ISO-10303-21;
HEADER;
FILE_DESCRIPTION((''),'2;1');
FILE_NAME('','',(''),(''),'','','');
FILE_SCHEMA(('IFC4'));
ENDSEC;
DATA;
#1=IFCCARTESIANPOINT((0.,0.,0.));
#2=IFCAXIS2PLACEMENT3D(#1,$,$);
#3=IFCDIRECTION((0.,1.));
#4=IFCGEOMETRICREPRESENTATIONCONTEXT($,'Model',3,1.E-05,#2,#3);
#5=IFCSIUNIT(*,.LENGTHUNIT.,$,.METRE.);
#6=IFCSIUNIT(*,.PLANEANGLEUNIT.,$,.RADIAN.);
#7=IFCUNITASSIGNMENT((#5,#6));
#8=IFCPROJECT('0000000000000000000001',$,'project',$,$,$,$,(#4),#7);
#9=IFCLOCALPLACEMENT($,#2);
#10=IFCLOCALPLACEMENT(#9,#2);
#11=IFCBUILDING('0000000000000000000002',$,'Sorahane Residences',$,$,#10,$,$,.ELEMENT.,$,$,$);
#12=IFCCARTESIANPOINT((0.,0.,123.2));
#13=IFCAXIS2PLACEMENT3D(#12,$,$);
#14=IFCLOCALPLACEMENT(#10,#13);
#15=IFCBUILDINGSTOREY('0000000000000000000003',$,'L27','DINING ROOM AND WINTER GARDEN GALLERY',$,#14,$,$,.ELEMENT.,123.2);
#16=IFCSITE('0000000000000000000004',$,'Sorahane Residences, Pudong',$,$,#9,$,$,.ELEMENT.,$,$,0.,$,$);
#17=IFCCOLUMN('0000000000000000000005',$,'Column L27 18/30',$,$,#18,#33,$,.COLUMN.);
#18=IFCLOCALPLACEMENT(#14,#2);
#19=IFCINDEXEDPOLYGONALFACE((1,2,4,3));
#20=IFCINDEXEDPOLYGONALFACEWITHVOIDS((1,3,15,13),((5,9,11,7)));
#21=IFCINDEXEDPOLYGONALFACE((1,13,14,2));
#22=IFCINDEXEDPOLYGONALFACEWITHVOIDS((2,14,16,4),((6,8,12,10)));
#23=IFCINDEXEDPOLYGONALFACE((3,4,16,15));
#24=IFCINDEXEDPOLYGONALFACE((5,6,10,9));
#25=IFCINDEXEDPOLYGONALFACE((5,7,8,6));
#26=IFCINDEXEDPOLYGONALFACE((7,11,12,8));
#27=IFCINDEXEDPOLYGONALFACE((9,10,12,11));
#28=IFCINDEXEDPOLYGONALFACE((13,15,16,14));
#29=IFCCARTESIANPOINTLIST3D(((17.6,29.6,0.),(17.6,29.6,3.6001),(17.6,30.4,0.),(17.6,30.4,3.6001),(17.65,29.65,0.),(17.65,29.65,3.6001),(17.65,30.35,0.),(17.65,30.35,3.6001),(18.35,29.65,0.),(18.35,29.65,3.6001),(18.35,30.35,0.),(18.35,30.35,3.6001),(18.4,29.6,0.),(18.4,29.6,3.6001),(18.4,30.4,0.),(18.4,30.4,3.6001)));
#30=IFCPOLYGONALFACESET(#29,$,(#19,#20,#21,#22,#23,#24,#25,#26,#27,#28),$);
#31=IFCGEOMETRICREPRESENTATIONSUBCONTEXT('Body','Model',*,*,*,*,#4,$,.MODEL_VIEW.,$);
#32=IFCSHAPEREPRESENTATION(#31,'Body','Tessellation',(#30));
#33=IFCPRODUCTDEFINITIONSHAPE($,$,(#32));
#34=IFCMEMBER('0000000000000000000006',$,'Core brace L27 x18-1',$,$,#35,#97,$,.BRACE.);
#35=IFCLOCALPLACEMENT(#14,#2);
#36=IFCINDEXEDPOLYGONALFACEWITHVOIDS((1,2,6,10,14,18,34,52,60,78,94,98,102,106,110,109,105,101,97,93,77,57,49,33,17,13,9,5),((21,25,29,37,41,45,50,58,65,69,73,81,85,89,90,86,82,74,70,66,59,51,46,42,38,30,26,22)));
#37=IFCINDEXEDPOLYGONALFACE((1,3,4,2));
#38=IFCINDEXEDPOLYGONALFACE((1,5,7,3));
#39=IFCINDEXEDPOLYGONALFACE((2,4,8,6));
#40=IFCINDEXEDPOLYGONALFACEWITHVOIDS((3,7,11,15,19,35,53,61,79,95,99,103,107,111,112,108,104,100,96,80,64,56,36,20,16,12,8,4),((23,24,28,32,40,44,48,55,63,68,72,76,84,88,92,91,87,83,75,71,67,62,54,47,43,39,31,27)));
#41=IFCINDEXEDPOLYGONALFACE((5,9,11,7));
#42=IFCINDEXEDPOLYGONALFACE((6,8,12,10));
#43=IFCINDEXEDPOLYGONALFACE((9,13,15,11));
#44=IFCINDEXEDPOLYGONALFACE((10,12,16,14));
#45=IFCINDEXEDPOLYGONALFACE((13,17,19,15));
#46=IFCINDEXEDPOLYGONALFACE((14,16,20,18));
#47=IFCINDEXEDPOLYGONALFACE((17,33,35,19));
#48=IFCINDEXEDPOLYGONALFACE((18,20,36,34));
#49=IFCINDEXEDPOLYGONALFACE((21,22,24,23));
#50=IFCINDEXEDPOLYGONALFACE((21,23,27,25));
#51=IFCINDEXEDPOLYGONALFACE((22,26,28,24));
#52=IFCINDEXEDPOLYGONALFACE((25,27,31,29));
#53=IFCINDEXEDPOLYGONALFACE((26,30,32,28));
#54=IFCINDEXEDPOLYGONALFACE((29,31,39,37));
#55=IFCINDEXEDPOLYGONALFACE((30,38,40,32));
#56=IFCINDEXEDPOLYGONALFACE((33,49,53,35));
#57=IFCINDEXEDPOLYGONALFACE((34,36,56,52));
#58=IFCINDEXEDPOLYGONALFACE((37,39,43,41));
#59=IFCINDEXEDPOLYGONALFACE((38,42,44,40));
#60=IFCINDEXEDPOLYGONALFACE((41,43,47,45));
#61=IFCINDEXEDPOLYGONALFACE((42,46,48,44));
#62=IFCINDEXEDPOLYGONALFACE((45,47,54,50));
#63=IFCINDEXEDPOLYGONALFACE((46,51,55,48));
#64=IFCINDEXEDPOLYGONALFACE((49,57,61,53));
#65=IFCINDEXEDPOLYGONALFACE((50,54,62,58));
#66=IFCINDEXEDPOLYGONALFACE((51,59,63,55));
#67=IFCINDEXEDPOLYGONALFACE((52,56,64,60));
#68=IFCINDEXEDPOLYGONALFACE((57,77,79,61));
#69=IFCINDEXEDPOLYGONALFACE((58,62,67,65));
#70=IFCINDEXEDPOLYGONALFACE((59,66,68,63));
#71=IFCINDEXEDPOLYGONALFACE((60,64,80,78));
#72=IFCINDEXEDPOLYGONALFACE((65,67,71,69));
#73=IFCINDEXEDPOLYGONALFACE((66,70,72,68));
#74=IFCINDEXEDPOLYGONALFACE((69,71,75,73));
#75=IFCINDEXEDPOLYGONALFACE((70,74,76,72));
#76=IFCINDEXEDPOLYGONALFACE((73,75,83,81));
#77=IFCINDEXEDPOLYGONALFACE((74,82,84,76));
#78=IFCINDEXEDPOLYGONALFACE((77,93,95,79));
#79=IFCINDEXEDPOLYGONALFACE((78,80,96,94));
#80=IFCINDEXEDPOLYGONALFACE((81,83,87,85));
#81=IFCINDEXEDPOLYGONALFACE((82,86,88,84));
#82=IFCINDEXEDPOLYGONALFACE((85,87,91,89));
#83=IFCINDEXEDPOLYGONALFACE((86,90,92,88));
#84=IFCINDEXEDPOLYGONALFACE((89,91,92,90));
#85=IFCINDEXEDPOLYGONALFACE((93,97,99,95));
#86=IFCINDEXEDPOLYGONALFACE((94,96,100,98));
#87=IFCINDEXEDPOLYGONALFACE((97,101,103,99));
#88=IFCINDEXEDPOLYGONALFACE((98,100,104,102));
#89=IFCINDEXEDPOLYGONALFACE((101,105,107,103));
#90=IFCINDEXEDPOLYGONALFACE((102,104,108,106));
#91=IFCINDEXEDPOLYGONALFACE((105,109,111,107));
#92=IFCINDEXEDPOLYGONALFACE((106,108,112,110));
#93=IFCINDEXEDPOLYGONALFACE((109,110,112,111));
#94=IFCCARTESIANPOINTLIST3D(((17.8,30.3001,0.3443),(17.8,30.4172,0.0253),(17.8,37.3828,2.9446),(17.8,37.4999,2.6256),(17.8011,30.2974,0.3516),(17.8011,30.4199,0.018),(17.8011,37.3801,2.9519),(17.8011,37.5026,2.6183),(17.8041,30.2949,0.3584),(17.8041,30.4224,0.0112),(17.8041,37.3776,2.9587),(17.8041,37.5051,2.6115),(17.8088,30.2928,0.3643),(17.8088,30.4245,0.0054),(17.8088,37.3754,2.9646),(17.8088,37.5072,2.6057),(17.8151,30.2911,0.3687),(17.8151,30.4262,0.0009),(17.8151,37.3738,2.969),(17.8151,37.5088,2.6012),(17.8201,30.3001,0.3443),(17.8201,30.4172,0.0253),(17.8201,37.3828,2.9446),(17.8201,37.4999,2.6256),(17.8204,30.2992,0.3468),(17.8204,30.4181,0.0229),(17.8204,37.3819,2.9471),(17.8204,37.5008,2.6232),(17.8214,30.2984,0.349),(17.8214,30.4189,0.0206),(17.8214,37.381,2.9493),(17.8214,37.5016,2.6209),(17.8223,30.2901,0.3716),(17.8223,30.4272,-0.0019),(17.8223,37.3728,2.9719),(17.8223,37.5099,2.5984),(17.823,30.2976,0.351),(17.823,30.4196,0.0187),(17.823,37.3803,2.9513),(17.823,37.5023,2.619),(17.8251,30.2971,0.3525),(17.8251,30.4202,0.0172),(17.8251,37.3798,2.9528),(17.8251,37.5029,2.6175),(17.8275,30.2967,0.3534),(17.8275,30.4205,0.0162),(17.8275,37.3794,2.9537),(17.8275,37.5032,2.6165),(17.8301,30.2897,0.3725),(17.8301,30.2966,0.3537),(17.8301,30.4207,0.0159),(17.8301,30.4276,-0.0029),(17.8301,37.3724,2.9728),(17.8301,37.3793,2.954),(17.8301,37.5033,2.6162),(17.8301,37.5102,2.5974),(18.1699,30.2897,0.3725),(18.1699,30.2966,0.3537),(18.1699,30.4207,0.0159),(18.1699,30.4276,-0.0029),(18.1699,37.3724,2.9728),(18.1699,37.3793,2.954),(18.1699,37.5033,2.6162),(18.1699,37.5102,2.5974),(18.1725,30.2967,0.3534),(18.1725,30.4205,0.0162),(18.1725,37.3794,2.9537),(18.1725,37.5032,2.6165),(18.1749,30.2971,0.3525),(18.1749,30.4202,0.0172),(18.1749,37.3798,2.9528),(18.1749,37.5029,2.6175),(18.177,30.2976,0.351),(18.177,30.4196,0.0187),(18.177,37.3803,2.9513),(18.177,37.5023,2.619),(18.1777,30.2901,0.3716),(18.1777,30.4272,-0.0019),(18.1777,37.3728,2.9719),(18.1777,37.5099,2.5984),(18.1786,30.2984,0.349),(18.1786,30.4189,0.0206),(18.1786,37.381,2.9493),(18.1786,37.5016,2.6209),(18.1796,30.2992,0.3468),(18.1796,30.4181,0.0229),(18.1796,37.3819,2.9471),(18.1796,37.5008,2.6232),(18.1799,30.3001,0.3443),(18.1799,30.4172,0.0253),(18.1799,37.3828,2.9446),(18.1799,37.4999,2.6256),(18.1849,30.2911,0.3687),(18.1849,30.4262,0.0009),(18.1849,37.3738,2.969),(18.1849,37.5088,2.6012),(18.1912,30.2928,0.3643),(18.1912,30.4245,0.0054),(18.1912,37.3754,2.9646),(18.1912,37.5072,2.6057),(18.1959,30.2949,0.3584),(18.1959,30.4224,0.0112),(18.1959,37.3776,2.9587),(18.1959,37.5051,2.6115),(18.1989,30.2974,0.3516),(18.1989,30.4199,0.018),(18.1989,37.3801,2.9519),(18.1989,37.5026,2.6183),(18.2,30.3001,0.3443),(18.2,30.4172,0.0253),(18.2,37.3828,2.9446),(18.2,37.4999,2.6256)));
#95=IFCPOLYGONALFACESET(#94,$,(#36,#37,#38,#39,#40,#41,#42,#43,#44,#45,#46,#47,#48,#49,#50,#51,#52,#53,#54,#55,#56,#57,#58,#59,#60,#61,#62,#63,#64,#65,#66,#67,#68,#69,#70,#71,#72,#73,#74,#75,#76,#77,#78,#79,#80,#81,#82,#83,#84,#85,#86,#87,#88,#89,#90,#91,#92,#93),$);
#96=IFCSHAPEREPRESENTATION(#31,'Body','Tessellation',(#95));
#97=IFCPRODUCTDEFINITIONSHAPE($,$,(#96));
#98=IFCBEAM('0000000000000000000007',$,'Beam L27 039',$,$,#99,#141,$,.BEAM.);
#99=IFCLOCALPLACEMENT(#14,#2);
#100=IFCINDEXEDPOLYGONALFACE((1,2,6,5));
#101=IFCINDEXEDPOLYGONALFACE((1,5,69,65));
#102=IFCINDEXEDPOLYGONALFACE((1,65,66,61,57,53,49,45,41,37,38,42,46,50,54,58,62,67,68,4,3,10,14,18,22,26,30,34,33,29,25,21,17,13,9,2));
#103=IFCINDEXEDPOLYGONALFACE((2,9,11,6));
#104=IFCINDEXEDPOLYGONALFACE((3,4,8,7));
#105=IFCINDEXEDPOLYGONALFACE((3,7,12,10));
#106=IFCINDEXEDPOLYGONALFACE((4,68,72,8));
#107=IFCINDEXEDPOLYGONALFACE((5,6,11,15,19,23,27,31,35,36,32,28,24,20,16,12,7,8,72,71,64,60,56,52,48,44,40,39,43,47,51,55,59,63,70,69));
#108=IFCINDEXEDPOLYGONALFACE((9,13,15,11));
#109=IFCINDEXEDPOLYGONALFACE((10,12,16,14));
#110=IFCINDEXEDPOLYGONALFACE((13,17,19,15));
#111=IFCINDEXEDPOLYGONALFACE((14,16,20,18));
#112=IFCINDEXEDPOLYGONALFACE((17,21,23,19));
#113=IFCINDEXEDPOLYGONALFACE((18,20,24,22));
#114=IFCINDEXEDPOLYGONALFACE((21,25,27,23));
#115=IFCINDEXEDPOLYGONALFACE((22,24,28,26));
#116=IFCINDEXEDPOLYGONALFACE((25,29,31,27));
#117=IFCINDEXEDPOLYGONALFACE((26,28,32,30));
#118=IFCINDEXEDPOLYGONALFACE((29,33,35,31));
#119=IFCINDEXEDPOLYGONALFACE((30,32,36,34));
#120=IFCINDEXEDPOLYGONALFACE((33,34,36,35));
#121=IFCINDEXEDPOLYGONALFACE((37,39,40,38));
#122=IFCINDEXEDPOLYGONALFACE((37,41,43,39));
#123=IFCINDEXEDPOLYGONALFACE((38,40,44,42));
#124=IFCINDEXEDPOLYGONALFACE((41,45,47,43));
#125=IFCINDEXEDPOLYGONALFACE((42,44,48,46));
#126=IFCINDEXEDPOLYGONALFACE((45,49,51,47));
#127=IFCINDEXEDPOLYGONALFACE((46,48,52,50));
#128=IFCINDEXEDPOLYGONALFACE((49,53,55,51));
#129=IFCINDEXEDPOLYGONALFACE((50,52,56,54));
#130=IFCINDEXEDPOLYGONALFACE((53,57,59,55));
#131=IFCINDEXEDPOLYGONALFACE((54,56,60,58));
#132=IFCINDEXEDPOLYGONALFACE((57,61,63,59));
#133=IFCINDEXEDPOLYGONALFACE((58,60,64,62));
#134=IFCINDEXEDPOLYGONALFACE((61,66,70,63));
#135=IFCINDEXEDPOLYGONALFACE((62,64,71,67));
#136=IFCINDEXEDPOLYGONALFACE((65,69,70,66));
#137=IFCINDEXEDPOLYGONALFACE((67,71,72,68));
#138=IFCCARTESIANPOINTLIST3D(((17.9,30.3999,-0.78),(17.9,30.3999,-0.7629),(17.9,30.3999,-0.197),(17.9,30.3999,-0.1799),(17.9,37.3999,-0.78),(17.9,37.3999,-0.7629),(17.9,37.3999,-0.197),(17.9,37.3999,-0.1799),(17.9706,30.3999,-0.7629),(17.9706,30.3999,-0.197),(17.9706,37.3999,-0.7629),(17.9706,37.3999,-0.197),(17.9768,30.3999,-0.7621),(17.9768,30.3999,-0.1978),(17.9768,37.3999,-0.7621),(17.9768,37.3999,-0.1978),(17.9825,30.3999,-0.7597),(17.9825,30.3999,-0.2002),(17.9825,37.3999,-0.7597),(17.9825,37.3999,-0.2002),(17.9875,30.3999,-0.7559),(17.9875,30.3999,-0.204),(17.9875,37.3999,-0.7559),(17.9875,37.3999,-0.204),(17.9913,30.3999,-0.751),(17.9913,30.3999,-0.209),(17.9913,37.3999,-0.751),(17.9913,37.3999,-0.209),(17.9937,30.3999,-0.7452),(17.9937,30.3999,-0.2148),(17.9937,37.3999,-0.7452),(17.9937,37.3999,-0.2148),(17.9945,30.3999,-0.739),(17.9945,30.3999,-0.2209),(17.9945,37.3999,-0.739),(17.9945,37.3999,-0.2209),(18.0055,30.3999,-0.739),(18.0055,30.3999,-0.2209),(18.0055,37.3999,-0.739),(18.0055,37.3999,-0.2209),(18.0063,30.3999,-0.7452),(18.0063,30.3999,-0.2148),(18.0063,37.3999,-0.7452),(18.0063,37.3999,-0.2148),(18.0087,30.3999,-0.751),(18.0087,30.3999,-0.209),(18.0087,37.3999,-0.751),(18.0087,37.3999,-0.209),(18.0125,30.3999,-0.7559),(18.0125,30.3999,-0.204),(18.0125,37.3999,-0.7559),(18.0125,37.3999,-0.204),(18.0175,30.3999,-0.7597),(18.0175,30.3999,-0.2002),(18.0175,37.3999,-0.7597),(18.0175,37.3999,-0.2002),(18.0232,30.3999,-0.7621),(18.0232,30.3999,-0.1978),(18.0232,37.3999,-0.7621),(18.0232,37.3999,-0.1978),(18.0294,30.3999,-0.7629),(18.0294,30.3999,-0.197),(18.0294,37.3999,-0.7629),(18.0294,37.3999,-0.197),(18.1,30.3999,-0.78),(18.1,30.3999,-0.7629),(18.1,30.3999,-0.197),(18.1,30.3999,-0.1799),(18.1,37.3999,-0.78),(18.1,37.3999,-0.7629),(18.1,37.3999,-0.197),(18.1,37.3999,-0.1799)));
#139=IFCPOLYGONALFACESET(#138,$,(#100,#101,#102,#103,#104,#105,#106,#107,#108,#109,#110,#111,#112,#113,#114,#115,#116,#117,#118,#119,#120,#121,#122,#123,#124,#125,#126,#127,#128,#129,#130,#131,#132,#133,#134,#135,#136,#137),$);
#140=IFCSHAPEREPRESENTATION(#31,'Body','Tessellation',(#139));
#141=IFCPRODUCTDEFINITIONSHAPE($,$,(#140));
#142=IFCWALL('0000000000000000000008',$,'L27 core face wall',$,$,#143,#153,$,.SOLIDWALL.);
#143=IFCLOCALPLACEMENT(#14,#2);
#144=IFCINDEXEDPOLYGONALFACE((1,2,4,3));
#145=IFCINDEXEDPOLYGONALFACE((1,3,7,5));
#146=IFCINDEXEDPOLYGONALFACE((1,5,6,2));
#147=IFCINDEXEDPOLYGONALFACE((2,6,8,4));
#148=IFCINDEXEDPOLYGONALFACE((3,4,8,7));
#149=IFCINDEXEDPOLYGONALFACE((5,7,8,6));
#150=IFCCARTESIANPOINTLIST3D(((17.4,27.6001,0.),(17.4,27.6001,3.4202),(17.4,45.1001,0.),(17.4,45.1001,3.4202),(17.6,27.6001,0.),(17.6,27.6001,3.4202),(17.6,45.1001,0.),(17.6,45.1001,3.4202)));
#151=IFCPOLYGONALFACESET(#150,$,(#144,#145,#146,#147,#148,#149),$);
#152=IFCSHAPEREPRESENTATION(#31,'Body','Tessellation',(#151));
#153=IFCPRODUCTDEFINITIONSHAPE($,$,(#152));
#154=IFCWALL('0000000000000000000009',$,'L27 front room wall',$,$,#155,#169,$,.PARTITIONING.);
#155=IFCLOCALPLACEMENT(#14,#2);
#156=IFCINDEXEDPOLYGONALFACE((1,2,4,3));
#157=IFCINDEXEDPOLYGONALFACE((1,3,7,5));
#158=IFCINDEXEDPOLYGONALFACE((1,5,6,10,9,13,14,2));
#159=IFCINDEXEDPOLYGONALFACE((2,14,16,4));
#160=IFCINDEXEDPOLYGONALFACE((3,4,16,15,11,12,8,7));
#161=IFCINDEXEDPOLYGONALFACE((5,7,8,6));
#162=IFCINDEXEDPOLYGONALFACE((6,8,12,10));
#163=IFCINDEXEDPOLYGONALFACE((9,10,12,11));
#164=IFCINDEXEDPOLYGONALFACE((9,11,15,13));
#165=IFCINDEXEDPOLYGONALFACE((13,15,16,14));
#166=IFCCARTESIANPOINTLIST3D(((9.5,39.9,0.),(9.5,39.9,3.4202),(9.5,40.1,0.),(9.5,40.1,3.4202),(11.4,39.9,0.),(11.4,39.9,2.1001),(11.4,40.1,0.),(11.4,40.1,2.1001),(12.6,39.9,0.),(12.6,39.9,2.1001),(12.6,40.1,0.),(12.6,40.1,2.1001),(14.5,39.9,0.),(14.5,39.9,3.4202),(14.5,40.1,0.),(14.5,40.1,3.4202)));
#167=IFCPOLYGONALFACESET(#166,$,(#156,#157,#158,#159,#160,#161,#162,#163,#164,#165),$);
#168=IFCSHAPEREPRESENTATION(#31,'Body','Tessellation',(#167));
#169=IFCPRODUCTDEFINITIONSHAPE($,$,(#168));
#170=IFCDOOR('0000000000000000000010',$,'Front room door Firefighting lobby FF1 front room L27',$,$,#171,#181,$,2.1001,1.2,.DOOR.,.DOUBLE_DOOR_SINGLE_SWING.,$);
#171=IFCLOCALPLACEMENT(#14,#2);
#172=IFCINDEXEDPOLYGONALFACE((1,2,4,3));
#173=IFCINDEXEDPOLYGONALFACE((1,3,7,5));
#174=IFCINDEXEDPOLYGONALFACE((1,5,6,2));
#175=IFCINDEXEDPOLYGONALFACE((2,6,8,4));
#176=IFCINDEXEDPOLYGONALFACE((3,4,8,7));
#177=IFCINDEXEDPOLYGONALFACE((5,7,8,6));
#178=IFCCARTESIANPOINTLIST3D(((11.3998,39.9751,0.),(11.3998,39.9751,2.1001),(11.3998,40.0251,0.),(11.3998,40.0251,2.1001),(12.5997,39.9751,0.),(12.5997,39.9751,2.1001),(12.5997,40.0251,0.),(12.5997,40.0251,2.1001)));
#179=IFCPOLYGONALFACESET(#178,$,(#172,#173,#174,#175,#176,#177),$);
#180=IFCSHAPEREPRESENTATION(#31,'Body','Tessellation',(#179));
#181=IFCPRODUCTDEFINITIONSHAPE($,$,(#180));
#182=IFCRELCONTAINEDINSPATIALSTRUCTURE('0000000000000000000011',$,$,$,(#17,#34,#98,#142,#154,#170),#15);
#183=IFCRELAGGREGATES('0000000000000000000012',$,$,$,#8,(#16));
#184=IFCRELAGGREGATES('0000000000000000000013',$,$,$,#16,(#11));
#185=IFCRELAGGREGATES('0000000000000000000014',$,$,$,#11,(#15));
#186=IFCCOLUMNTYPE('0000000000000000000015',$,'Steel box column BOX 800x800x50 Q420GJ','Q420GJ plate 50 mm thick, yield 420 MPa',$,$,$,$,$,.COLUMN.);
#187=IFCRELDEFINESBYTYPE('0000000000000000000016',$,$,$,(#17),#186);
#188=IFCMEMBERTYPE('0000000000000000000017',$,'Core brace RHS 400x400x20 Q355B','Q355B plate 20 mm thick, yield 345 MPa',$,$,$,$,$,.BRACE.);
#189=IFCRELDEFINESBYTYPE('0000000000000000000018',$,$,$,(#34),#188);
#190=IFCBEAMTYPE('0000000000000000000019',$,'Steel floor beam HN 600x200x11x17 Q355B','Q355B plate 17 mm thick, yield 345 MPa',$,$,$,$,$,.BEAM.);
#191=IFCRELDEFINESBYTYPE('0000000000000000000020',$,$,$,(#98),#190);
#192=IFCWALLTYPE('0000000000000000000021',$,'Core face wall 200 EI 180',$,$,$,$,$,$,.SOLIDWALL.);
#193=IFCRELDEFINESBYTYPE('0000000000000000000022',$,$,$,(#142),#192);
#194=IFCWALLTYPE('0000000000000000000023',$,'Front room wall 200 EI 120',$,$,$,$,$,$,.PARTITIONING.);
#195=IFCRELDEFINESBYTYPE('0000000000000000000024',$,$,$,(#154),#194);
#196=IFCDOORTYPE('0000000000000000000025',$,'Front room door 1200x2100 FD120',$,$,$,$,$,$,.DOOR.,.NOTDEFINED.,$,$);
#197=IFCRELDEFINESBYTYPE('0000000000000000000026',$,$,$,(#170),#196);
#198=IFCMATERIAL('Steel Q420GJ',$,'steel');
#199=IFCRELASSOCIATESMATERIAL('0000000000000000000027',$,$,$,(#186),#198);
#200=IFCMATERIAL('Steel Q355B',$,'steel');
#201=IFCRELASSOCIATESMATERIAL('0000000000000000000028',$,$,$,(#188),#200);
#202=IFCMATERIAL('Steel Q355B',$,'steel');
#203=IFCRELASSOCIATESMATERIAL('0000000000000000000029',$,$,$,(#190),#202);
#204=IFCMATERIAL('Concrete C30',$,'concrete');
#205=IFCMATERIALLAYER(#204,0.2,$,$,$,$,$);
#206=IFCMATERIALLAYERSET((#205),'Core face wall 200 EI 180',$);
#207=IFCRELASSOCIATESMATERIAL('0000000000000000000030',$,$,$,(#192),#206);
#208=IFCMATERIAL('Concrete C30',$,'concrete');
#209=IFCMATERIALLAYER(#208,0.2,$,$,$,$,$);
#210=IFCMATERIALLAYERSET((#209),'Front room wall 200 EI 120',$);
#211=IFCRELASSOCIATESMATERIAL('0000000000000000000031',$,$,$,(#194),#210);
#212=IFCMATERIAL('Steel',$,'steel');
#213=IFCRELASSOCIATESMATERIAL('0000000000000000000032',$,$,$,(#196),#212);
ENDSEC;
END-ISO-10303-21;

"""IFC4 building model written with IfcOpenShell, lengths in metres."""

from ifc_helpers import new_model, si_unit, direction, frame, frame_2d, origin, origin_2d, place, context, subcontext, project, spatial, rectangle, hollow_rectangle, i_section, extrude, material, layer, layer_set, material_profile, profile_set, type_object, element, fill, save


model = new_model("IFC4")

# Units and contexts
model_context = context("Model", 3, precision=1e-05, world=origin(), true_north=direction((0.0, 1.0)))
body_context = subcontext(model_context, "Body", "Model", "MODEL_VIEW")
ifc_project = project(units=[si_unit("LENGTHUNIT", "METRE"), si_unit("PLANEANGLEUNIT", "RADIAN")], contexts=[model_context])

# Site, building, storey
site_placement = place(None, origin())
site = spatial("IfcSite", under=ifc_project, at=site_placement, Name="Sorahane Residences, Pudong", CompositionType="ELEMENT", RefElevation=0.0)
building_placement = place(site_placement, origin())
building = spatial("IfcBuilding", under=site, at=building_placement, Name="Sorahane Residences", CompositionType="ELEMENT")
storey_placement = place(building_placement, frame((0.0, 0.0, 123.2)))
storey = spatial("IfcBuildingStorey", under=building, at=storey_placement, Name="L27", Description="DINING ROOM AND WINTER GARDEN GALLERY", CompositionType="ELEMENT", Elevation=123.2)

# Column
ifc_material_1 = material(Name="Steel Q420GJ", Category="steel")
ifc_material_profile_1 = material_profile(ifc_material_1, hollow_rectangle(XDim=0.8, YDim=0.8, WallThickness=0.05, at=origin_2d()), Name="BOX 800x800x50")
ifc_profile_set_1 = profile_set([ifc_material_profile_1], Name="Steel Q420GJ")
column_type = type_object("IfcColumnType", Name="Steel box column BOX 800x800x50 Q420GJ", Description="Q420GJ plate 50 mm thick, yield 420 MPa", PredefinedType="COLUMN", material=ifc_profile_set_1)
column_placement = place(storey_placement, frame((18.0, 30.0, 0.0), z_axis=(0.0, 0.0, 1.0), x_axis=(1.0, 0.0, 0.0)))
element("IfcColumn", 1, at=column_placement, inside=storey, type_object=column_type, Name="Column L27 18/30", PredefinedType="COLUMN", context=body_context, shape_type="SweptSolid", body=[
    extrude(hollow_rectangle(XDim=0.8, YDim=0.8, WallThickness=0.05, at=origin_2d()), origin(), (0.0, 0.0, 1.0), 3.6001),
])

# Member
ifc_material_2 = material(Name="Steel Q355B", Category="steel")
ifc_material_profile_2 = material_profile(ifc_material_2, hollow_rectangle(XDim=0.3999, YDim=0.3999, WallThickness=0.02, InnerFilletRadius=0.01, OuterFilletRadius=0.03, at=origin_2d()), Name="RHS 400x400x20")
ifc_profile_set_2 = profile_set([ifc_material_profile_2], Name="Steel Q355B")
member_type = type_object("IfcMemberType", Name="Core brace RHS 400x400x20 Q355B", Description="Q355B plate 20 mm thick, yield 345 MPa", PredefinedType="BRACE", material=ifc_profile_set_2)
member_placement = place(storey_placement, frame((18.0, 30.3586, 0.1848), z_axis=(0.0, 0.938734, 0.344643), x_axis=(-1.0, 0.0, 0.0)))
element("IfcMember", 2, at=member_placement, inside=storey, type_object=member_type, Name="Core brace L27 x18-1", PredefinedType="BRACE", context=body_context, shape_type="SweptSolid", body=[
    extrude(hollow_rectangle(XDim=0.3999, YDim=0.3999, WallThickness=0.02, InnerFilletRadius=0.01, OuterFilletRadius=0.03, at=origin_2d()), origin(), (0.0, 0.0, 1.0), 7.5449),
])

# Beam
ifc_material_3 = material(Name="Steel Q355B", Category="steel")
ifc_material_profile_3 = material_profile(ifc_material_3, i_section(OverallWidth=0.2, OverallDepth=0.6001, WebThickness=0.011, FlangeThickness=0.0171, FilletRadius=0.0239, at=origin_2d()), Name="HN 600x200x11x17")
ifc_profile_set_3 = profile_set([ifc_material_profile_3], Name="Steel Q355B")
beam_type = type_object("IfcBeamType", Name="Steel floor beam HN 600x200x11x17 Q355B", Description="Q355B plate 17 mm thick, yield 345 MPa", PredefinedType="BEAM", material=ifc_profile_set_3)
beam_placement = place(storey_placement, frame((18.0, 30.3999, -0.48), z_axis=(0.0, 1.0, 0.0), x_axis=(-1.0, 0.0, 0.0)))
element("IfcBeam", 3, at=beam_placement, inside=storey, type_object=beam_type, Name="Beam L27 039", PredefinedType="BEAM", context=body_context, shape_type="SweptSolid", body=[
    extrude(i_section(OverallWidth=0.2, OverallDepth=0.6001, WebThickness=0.011, FlangeThickness=0.0171, FilletRadius=0.0239, at=origin_2d()), origin(), (0.0, 0.0, 1.0), 7.0),
])

# Wall
ifc_material_4 = material(Name="Concrete C30", Category="concrete")
ifc_layer_1 = layer(ifc_material_4, 0.2)
ifc_layer_set_1 = layer_set([ifc_layer_1], Name="Core face wall 200 EI 180")
wall_type_1 = type_object("IfcWallType", Name="Core face wall 200 EI 180", PredefinedType="SOLIDWALL", material=ifc_layer_set_1)
wall_1_placement = place(storey_placement, frame((17.5, 27.6001, 0.0), z_axis=(0.0, 0.0, 1.0), x_axis=(0.0, 1.0, 0.0)))
element("IfcWall", 4, at=wall_1_placement, inside=storey, type_object=wall_type_1, Name="L27 core face wall", PredefinedType="SOLIDWALL", context=body_context, shape_type="SweptSolid", body=[
    extrude(rectangle(XDim=17.5, YDim=0.2, at=frame_2d((8.75, 0.0))), origin(), (0.0, 0.0, 1.0), 3.4202),
])

# Wall, opening, door
ifc_material_5 = material(Name="Concrete C30", Category="concrete")
ifc_layer_2 = layer(ifc_material_5, 0.2)
ifc_layer_set_2 = layer_set([ifc_layer_2], Name="Front room wall 200 EI 120")
wall_type_2 = type_object("IfcWallType", Name="Front room wall 200 EI 120", PredefinedType="PARTITIONING", material=ifc_layer_set_2)
wall_2_placement = place(storey_placement, frame((9.5, 40.0, 0.0), z_axis=(0.0, 0.0, 1.0), x_axis=(1.0, 0.0, 0.0)))
wall_2 = element("IfcWall", 5, at=wall_2_placement, inside=storey, type_object=wall_type_2, Name="L27 front room wall", PredefinedType="PARTITIONING", context=body_context, shape_type="SweptSolid", body=[
    extrude(rectangle(XDim=5.0, YDim=0.2, at=frame_2d((2.5, 0.0))), origin(), (0.0, 0.0, 1.0), 3.4202),
])
opening_1_placement = place(wall_2_placement, frame((1.8999, 0.0, 0.0)))
opening_1 = element("IfcOpeningElement", 6, at=opening_1_placement, cuts=wall_2, PredefinedType="OPENING", context=body_context, shape_type="SweptSolid", body=[
    extrude(rectangle(XDim=1.2, YDim=2.1001, at=frame_2d((0.6001, 1.05))), frame((0.0, 0.1099, 0.0), z_axis=(0.0, -1.0, 0.0), x_axis=(1.0, 0.0, 0.0)), (0.0, 0.0, 1.0), 0.22),
])
ifc_material_6 = material(Name="Steel", Category="steel")
door_type_1 = type_object("IfcDoorType", Name="Front room door 1200x2100 FD120", OperationType="NOTDEFINED", PredefinedType="DOOR", material=ifc_material_6)
door_1_placement = place(opening_1_placement, frame((1.2, 0.0, 0.0), z_axis=(0.0, 0.0, 1.0), x_axis=(-1.0, 0.0, 0.0)))
door_1 = element("IfcDoor", 7, at=door_1_placement, inside=storey, type_object=door_type_1, Name="Front room door Firefighting lobby FF1 front room L27", OperationType="DOUBLE_DOOR_SINGLE_SWING", OverallHeight=2.1001, OverallWidth=1.2, PredefinedType="DOOR", context=body_context, shape_type="SweptSolid", body=[
    extrude(rectangle(XDim=1.2, YDim=2.1001, at=frame_2d((0.6001, 1.05))), frame((0.0, 0.0249, 0.0), z_axis=(0.0, -1.0, 0.0), x_axis=(1.0, 0.0, 0.0)), (0.0, 0.0, 1.0), 0.05),
])
fill(opening_1, door_1)

save(model, "model.ifc")
